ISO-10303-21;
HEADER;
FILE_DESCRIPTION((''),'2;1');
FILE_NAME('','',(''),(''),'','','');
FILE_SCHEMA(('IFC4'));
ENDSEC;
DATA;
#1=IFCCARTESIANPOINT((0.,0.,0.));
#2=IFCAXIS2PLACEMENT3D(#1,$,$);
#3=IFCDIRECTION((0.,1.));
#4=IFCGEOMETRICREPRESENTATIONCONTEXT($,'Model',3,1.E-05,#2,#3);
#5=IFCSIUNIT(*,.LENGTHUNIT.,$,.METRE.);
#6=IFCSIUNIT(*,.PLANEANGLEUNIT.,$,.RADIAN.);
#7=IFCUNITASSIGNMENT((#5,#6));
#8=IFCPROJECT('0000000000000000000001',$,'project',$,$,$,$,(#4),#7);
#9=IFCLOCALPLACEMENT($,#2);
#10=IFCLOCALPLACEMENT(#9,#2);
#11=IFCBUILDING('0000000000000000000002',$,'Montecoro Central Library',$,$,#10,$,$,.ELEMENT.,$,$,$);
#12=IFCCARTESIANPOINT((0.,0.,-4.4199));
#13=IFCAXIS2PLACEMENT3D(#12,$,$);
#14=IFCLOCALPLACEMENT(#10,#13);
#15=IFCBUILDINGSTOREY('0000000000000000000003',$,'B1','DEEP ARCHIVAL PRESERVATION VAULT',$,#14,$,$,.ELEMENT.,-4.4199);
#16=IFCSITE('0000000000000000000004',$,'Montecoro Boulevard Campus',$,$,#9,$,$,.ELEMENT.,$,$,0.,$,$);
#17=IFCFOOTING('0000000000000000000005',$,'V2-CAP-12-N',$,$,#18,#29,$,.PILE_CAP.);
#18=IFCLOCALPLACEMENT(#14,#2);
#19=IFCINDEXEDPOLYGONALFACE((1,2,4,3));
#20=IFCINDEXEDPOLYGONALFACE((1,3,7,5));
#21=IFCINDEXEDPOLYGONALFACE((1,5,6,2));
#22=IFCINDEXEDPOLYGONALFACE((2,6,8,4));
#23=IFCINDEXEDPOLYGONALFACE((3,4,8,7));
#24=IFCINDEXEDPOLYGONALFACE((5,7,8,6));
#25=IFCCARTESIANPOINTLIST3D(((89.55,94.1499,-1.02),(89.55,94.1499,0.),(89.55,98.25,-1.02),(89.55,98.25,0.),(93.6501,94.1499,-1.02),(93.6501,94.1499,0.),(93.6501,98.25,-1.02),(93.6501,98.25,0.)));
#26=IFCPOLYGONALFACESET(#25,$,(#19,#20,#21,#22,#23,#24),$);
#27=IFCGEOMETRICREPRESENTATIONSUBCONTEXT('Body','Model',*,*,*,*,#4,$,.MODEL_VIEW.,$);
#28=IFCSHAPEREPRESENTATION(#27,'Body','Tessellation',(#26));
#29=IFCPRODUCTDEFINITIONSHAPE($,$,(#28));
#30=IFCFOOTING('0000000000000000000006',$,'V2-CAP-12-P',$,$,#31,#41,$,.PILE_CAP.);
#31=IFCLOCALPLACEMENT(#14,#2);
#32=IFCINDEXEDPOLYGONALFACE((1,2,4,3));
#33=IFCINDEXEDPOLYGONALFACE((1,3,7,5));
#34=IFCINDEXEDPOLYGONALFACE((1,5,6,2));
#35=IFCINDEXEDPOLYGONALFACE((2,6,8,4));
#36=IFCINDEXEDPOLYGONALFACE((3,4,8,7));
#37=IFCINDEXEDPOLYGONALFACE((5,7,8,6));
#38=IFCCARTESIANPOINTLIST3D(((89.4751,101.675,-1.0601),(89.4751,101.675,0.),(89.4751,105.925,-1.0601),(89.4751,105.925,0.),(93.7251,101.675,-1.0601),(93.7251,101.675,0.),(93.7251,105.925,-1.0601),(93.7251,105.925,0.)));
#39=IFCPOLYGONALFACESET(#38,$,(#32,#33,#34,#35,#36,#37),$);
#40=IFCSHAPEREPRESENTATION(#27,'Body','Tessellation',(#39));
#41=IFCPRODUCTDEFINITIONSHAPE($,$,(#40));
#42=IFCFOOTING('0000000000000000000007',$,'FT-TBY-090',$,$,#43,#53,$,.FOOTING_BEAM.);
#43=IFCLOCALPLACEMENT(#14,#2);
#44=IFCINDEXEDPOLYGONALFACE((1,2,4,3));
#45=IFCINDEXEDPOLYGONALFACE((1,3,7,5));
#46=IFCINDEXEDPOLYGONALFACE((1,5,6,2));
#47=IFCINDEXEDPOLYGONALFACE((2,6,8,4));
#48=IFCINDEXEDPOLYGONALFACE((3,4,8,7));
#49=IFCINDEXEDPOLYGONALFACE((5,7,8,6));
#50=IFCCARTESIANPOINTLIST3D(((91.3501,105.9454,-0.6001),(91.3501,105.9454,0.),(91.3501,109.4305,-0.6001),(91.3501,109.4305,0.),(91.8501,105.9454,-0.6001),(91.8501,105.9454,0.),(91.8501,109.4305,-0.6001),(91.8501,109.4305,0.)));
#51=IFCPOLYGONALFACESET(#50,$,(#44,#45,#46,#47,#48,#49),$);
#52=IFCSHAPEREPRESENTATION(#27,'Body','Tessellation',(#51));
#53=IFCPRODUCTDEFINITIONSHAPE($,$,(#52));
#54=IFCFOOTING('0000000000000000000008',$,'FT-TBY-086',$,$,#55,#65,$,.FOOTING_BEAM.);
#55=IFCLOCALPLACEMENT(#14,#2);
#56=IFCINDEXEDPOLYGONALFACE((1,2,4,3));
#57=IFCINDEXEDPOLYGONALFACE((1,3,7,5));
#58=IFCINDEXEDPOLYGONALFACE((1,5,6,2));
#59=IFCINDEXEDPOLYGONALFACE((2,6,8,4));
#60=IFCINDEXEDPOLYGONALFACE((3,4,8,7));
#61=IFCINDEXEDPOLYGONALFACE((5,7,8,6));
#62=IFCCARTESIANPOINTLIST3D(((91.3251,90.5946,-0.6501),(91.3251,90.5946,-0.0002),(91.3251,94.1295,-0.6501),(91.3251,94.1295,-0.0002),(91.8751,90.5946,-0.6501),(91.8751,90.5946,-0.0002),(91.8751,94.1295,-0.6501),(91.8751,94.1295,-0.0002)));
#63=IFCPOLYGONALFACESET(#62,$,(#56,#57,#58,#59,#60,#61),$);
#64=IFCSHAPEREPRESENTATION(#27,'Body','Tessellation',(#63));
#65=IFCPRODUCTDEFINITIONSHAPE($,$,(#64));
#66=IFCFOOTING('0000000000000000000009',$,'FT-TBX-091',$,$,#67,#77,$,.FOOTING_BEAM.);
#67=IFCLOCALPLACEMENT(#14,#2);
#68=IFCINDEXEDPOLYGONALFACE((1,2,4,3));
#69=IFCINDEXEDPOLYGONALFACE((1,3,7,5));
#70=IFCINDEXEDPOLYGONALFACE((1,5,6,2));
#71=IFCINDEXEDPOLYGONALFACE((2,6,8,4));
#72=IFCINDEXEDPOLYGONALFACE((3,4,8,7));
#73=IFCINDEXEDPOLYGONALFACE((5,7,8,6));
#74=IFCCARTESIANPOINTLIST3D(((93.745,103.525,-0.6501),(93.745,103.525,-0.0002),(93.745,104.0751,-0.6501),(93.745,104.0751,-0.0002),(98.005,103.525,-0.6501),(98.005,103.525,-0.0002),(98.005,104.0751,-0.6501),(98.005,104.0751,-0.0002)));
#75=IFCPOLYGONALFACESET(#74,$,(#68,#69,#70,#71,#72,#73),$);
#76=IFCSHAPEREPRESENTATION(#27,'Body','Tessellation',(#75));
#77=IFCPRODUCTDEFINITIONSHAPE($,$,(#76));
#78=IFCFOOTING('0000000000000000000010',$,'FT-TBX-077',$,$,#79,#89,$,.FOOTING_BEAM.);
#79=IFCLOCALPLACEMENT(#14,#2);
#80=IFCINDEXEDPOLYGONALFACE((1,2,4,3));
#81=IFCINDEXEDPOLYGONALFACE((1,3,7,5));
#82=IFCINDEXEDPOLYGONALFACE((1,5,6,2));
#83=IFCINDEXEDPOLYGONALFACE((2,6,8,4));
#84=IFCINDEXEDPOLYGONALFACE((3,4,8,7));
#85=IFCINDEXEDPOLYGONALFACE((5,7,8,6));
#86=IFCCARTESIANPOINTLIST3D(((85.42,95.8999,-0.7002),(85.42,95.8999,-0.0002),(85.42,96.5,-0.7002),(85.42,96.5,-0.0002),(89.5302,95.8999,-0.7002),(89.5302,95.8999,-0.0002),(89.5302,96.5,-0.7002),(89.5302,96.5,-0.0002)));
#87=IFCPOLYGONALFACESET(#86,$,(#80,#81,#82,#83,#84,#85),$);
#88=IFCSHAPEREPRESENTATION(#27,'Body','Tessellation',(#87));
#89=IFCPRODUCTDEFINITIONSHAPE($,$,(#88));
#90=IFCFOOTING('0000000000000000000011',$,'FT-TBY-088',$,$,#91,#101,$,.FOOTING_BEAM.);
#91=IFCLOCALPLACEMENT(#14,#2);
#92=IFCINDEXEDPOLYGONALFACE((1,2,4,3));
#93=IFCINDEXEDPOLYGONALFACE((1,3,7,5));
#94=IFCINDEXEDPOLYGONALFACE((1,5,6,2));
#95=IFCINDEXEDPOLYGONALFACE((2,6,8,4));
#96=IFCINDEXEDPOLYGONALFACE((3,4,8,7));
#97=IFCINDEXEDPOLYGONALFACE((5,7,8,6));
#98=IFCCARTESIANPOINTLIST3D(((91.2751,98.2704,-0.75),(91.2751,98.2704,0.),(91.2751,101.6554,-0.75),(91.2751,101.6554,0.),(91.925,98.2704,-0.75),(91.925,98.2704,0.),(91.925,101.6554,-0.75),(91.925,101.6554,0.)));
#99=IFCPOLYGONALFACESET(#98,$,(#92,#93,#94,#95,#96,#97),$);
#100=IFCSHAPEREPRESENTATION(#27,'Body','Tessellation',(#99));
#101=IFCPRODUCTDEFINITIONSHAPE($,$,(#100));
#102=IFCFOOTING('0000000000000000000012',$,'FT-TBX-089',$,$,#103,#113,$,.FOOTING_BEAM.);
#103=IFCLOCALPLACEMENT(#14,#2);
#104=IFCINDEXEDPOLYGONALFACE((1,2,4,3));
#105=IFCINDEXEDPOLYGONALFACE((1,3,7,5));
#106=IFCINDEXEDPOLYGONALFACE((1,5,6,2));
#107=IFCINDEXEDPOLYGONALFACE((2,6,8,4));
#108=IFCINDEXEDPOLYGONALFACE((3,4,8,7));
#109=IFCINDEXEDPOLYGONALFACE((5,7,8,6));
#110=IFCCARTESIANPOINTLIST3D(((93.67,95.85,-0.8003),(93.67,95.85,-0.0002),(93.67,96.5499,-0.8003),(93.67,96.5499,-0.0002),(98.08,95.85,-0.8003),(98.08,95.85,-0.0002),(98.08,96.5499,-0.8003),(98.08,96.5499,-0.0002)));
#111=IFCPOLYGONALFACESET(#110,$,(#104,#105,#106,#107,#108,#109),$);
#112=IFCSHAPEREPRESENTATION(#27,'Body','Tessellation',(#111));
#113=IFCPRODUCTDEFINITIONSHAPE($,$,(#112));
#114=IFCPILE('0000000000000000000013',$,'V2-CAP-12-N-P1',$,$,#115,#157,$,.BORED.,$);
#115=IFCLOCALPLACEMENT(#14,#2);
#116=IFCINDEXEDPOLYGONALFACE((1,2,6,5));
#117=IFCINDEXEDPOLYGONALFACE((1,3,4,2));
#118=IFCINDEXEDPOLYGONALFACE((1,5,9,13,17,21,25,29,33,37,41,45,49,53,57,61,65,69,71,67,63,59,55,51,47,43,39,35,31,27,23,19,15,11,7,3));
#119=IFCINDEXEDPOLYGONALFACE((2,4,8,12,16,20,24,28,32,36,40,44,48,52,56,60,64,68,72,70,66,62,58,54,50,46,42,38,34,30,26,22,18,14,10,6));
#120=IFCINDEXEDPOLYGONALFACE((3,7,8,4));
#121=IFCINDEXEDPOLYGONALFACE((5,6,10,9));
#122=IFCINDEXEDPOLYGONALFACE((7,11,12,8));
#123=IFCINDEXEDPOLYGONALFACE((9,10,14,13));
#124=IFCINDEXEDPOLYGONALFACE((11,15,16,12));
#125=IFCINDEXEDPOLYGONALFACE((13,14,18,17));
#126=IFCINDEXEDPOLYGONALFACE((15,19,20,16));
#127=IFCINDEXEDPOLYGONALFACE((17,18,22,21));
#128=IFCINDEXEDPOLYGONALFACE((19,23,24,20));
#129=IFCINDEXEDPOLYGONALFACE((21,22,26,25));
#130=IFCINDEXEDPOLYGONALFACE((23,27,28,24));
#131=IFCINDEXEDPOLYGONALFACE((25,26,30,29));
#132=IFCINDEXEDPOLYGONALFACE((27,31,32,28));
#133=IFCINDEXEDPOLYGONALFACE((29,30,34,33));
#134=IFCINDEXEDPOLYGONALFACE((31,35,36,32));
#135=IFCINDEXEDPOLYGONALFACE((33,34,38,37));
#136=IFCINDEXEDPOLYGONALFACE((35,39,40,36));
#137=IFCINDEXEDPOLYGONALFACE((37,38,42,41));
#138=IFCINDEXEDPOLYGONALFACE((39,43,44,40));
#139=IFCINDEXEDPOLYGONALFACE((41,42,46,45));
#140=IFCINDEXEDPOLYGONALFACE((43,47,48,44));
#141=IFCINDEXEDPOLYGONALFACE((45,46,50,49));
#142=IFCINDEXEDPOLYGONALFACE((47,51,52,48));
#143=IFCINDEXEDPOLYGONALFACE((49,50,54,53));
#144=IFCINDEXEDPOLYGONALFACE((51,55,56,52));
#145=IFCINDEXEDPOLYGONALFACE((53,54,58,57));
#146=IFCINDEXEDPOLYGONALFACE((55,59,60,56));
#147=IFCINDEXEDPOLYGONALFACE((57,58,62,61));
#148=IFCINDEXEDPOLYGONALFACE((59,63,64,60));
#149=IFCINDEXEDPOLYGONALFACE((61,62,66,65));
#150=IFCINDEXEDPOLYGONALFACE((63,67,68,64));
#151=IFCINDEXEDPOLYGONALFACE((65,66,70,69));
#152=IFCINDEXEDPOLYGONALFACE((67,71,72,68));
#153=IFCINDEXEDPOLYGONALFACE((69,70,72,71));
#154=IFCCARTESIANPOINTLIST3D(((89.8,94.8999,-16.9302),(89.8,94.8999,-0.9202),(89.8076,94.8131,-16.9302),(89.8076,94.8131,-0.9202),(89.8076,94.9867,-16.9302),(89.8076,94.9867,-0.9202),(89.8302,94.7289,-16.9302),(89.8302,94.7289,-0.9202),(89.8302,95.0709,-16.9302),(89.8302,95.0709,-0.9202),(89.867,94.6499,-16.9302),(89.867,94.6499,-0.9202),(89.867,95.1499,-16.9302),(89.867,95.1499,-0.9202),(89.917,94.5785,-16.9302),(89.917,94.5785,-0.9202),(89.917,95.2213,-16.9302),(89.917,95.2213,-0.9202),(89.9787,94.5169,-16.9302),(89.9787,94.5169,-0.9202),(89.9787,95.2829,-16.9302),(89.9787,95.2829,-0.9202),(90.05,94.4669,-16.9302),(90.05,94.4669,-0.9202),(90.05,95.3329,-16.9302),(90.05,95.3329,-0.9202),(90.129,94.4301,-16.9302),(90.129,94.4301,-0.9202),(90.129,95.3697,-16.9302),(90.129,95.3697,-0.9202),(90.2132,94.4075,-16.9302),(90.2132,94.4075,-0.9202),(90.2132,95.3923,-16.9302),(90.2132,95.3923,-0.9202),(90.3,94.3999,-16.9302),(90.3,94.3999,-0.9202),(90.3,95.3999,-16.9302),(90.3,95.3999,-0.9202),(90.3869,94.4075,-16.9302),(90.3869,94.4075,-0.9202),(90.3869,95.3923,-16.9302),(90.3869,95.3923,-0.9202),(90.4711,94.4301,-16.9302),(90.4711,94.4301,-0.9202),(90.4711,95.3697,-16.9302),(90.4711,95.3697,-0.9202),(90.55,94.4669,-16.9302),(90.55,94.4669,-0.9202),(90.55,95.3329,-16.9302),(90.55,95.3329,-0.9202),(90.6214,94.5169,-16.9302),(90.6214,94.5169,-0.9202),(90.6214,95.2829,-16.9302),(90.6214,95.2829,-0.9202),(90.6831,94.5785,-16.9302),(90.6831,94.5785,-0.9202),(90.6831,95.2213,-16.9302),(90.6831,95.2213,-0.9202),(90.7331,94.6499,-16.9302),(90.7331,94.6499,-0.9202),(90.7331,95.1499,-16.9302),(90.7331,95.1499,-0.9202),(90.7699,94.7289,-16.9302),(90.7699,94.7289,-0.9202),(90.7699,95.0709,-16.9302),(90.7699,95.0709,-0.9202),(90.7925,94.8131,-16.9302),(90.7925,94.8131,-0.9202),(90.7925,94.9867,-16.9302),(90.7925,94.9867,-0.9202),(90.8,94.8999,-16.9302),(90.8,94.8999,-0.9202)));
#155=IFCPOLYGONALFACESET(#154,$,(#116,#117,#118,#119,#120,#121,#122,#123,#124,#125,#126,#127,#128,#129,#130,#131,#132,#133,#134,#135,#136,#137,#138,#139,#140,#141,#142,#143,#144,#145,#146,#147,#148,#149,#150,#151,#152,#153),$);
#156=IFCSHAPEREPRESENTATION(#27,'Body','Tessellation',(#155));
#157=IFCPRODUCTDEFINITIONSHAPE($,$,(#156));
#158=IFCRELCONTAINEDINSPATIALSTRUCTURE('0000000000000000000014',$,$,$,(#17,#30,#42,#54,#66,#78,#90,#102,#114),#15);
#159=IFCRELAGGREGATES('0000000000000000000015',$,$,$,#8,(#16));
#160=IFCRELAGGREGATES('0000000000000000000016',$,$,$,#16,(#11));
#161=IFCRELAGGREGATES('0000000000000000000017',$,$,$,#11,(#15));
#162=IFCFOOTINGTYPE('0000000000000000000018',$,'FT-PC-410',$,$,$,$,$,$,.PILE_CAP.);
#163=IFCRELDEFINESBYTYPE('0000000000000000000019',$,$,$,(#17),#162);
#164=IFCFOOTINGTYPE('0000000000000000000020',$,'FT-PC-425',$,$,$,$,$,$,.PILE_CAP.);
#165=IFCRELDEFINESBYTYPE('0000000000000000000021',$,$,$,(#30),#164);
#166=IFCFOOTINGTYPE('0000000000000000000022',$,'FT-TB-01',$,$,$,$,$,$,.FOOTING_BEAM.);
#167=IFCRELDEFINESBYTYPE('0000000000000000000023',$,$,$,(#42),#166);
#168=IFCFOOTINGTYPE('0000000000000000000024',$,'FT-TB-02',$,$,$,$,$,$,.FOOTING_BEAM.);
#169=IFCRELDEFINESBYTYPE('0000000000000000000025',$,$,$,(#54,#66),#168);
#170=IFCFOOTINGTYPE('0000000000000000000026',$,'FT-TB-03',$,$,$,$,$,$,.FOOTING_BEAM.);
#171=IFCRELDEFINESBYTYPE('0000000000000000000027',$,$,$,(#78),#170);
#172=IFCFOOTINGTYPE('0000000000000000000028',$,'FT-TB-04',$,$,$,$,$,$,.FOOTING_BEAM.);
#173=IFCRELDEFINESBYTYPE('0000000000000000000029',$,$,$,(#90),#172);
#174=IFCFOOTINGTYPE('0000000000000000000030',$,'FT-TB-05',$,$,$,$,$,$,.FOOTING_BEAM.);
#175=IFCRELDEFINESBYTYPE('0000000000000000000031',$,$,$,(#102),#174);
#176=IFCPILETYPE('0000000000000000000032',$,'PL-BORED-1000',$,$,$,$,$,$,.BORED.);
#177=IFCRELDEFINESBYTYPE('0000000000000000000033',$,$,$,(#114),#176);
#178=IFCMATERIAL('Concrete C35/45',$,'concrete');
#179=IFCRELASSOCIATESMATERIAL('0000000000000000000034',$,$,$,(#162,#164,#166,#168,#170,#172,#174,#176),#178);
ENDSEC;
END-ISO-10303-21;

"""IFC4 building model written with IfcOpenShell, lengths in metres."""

from ifc_helpers import new_model, si_unit, direction, frame, origin, origin_2d, place, context, subcontext, project, spatial, rectangle, circle, extrude, material, material_profile, profile_set, type_object, element, save


model = new_model("IFC4")

# Units and contexts
model_context = context("Model", 3, precision=1e-05, world=origin(), true_north=direction((0.0, 1.0)))
body_context = subcontext(model_context, "Body", "Model", "MODEL_VIEW")
ifc_project = project(units=[si_unit("LENGTHUNIT", "METRE"), si_unit("PLANEANGLEUNIT", "RADIAN")], contexts=[model_context])

# Site, building, storey
site_placement = place(None, origin())
site = spatial("IfcSite", under=ifc_project, at=site_placement, Name="Montecoro Boulevard Campus", CompositionType="ELEMENT", RefElevation=0.0)
building_placement = place(site_placement, origin())
building = spatial("IfcBuilding", under=site, at=building_placement, Name="Montecoro Central Library", CompositionType="ELEMENT")
storey_placement = place(building_placement, frame((0.0, 0.0, -4.4199)))
storey = spatial("IfcBuildingStorey", under=building, at=storey_placement, Name="B1", Description="DEEP ARCHIVAL PRESERVATION VAULT", CompositionType="ELEMENT", Elevation=-4.4199)

# Footings
ifc_material_1 = material(Name="Concrete C35/45", Category="concrete")
footing_type_1 = type_object("IfcFootingType", Name="FT-PC-410", PredefinedType="PILE_CAP", material=ifc_material_1)
footing_1_placement = place(storey_placement, frame((91.6001, 96.2, -1.02), z_axis=(0.0, 0.0, 1.0), x_axis=(1.0, 0.0, 0.0)))
element("IfcFooting", 1, at=footing_1_placement, inside=storey, type_object=footing_type_1, Name="V2-CAP-12-N", PredefinedType="PILE_CAP", context=body_context, shape_type="SweptSolid", body=[
    extrude(rectangle(XDim=4.1001, YDim=4.1001, at=origin_2d()), origin(), (0.0, 0.0, 1.0), 1.02),
])
footing_type_2 = type_object("IfcFootingType", Name="FT-PC-425", PredefinedType="PILE_CAP", material=ifc_material_1)
footing_2_placement = place(storey_placement, frame((91.6001, 103.8, -1.0601), z_axis=(0.0, 0.0, 1.0), x_axis=(1.0, 0.0, 0.0)))
element("IfcFooting", 2, at=footing_2_placement, inside=storey, type_object=footing_type_2, Name="V2-CAP-12-P", PredefinedType="PILE_CAP", context=body_context, shape_type="SweptSolid", body=[
    extrude(rectangle(XDim=4.25, YDim=4.25, at=origin_2d()), origin(), (0.0, 0.0, 1.0), 1.0601),
])
footing_type_3 = type_object("IfcFootingType", Name="FT-TB-01", PredefinedType="FOOTING_BEAM", material=ifc_material_1)
footing_3_placement = place(storey_placement, frame((91.6001, 107.688, -0.6001), z_axis=(0.0, 0.0, 1.0), x_axis=(1.0, 0.0, 0.0)))
element("IfcFooting", 3, at=footing_3_placement, inside=storey, type_object=footing_type_3, Name="FT-TBY-090", PredefinedType="FOOTING_BEAM", context=body_context, shape_type="SweptSolid", body=[
    extrude(rectangle(XDim=0.5, YDim=3.4851, at=origin_2d()), origin(), (0.0, 0.0, 1.0), 0.6001),
])
footing_type_4 = type_object("IfcFootingType", Name="FT-TB-02", PredefinedType="FOOTING_BEAM", material=ifc_material_1)
footing_4_placement = place(storey_placement, frame((91.6001, 92.3621, -0.6501), z_axis=(0.0, 0.0, 1.0), x_axis=(1.0, 0.0, 0.0)))
element("IfcFooting", 4, at=footing_4_placement, inside=storey, type_object=footing_type_4, Name="FT-TBY-086", PredefinedType="FOOTING_BEAM", context=body_context, shape_type="SweptSolid", body=[
    extrude(rectangle(XDim=0.55, YDim=3.5349, at=origin_2d()), origin(), (0.0, 0.0, 1.0), 0.6499),
])
footing_5_placement = place(storey_placement, frame((95.875, 103.8, -0.6501), z_axis=(0.0, 0.0, 1.0), x_axis=(1.0, 0.0, 0.0)))
element("IfcFooting", 5, at=footing_5_placement, inside=storey, type_object=footing_type_4, Name="FT-TBX-091", PredefinedType="FOOTING_BEAM", context=body_context, shape_type="SweptSolid", body=[
    extrude(rectangle(XDim=4.26, YDim=0.55, at=origin_2d()), origin(), (0.0, 0.0, 1.0), 0.6499),
])
footing_type_5 = type_object("IfcFootingType", Name="FT-TB-03", PredefinedType="FOOTING_BEAM", material=ifc_material_1)
footing_6_placement = place(storey_placement, frame((87.4751, 96.2, -0.7002), z_axis=(0.0, 0.0, 1.0), x_axis=(1.0, 0.0, 0.0)))
element("IfcFooting", 6, at=footing_6_placement, inside=storey, type_object=footing_type_5, Name="FT-TBX-077", PredefinedType="FOOTING_BEAM", context=body_context, shape_type="SweptSolid", body=[
    extrude(rectangle(XDim=4.1101, YDim=0.6001, at=origin_2d()), origin(), (0.0, 0.0, 1.0), 0.7),
])
footing_type_6 = type_object("IfcFootingType", Name="FT-TB-04", PredefinedType="FOOTING_BEAM", material=ifc_material_1)
footing_7_placement = place(storey_placement, frame((91.6001, 99.9629, -0.75), z_axis=(0.0, 0.0, 1.0), x_axis=(1.0, 0.0, 0.0)))
element("IfcFooting", 7, at=footing_7_placement, inside=storey, type_object=footing_type_6, Name="FT-TBY-088", PredefinedType="FOOTING_BEAM", context=body_context, shape_type="SweptSolid", body=[
    extrude(rectangle(XDim=0.6499, YDim=3.385, at=origin_2d()), origin(), (0.0, 0.0, 1.0), 0.75),
])
footing_type_7 = type_object("IfcFootingType", Name="FT-TB-05", PredefinedType="FOOTING_BEAM", material=ifc_material_1)
footing_8_placement = place(storey_placement, frame((95.875, 96.2, -0.8003), z_axis=(0.0, 0.0, 1.0), x_axis=(1.0, 0.0, 0.0)))
element("IfcFooting", 8, at=footing_8_placement, inside=storey, type_object=footing_type_7, Name="FT-TBX-089", PredefinedType="FOOTING_BEAM", context=body_context, shape_type="SweptSolid", body=[
    extrude(rectangle(XDim=4.4099, YDim=0.7, at=origin_2d()), origin(), (0.0, 0.0, 1.0), 0.8),
])

# Pile
ifc_material_profile_1 = material_profile(ifc_material_1, circle(Radius=0.5, at=origin_2d()), Name="PILE D1000")
ifc_profile_set_1 = profile_set([ifc_material_profile_1], Name="Concrete C35/45")
pile_type = type_object("IfcPileType", Name="PL-BORED-1000", PredefinedType="BORED", material=ifc_profile_set_1)
for number, where, z_axis, x_axis, name in (
    (9, (90.3, 94.8999, -0.9202), (0.0, 0.0, -1.0), (1.0, 0.0, 0.0), "V2-CAP-12-N-P1"),
):
    element("IfcPile", number, at=place(storey_placement, frame(where, z_axis=z_axis, x_axis=x_axis)), inside=storey, type_object=pile_type, Name=name, PredefinedType="BORED", context=body_context, shape_type="SweptSolid", body=[
        extrude(circle(Radius=0.5, at=origin_2d()), origin(), (0.0, 0.0, 1.0), 16.01),
    ])

save(model, "model.ifc")
